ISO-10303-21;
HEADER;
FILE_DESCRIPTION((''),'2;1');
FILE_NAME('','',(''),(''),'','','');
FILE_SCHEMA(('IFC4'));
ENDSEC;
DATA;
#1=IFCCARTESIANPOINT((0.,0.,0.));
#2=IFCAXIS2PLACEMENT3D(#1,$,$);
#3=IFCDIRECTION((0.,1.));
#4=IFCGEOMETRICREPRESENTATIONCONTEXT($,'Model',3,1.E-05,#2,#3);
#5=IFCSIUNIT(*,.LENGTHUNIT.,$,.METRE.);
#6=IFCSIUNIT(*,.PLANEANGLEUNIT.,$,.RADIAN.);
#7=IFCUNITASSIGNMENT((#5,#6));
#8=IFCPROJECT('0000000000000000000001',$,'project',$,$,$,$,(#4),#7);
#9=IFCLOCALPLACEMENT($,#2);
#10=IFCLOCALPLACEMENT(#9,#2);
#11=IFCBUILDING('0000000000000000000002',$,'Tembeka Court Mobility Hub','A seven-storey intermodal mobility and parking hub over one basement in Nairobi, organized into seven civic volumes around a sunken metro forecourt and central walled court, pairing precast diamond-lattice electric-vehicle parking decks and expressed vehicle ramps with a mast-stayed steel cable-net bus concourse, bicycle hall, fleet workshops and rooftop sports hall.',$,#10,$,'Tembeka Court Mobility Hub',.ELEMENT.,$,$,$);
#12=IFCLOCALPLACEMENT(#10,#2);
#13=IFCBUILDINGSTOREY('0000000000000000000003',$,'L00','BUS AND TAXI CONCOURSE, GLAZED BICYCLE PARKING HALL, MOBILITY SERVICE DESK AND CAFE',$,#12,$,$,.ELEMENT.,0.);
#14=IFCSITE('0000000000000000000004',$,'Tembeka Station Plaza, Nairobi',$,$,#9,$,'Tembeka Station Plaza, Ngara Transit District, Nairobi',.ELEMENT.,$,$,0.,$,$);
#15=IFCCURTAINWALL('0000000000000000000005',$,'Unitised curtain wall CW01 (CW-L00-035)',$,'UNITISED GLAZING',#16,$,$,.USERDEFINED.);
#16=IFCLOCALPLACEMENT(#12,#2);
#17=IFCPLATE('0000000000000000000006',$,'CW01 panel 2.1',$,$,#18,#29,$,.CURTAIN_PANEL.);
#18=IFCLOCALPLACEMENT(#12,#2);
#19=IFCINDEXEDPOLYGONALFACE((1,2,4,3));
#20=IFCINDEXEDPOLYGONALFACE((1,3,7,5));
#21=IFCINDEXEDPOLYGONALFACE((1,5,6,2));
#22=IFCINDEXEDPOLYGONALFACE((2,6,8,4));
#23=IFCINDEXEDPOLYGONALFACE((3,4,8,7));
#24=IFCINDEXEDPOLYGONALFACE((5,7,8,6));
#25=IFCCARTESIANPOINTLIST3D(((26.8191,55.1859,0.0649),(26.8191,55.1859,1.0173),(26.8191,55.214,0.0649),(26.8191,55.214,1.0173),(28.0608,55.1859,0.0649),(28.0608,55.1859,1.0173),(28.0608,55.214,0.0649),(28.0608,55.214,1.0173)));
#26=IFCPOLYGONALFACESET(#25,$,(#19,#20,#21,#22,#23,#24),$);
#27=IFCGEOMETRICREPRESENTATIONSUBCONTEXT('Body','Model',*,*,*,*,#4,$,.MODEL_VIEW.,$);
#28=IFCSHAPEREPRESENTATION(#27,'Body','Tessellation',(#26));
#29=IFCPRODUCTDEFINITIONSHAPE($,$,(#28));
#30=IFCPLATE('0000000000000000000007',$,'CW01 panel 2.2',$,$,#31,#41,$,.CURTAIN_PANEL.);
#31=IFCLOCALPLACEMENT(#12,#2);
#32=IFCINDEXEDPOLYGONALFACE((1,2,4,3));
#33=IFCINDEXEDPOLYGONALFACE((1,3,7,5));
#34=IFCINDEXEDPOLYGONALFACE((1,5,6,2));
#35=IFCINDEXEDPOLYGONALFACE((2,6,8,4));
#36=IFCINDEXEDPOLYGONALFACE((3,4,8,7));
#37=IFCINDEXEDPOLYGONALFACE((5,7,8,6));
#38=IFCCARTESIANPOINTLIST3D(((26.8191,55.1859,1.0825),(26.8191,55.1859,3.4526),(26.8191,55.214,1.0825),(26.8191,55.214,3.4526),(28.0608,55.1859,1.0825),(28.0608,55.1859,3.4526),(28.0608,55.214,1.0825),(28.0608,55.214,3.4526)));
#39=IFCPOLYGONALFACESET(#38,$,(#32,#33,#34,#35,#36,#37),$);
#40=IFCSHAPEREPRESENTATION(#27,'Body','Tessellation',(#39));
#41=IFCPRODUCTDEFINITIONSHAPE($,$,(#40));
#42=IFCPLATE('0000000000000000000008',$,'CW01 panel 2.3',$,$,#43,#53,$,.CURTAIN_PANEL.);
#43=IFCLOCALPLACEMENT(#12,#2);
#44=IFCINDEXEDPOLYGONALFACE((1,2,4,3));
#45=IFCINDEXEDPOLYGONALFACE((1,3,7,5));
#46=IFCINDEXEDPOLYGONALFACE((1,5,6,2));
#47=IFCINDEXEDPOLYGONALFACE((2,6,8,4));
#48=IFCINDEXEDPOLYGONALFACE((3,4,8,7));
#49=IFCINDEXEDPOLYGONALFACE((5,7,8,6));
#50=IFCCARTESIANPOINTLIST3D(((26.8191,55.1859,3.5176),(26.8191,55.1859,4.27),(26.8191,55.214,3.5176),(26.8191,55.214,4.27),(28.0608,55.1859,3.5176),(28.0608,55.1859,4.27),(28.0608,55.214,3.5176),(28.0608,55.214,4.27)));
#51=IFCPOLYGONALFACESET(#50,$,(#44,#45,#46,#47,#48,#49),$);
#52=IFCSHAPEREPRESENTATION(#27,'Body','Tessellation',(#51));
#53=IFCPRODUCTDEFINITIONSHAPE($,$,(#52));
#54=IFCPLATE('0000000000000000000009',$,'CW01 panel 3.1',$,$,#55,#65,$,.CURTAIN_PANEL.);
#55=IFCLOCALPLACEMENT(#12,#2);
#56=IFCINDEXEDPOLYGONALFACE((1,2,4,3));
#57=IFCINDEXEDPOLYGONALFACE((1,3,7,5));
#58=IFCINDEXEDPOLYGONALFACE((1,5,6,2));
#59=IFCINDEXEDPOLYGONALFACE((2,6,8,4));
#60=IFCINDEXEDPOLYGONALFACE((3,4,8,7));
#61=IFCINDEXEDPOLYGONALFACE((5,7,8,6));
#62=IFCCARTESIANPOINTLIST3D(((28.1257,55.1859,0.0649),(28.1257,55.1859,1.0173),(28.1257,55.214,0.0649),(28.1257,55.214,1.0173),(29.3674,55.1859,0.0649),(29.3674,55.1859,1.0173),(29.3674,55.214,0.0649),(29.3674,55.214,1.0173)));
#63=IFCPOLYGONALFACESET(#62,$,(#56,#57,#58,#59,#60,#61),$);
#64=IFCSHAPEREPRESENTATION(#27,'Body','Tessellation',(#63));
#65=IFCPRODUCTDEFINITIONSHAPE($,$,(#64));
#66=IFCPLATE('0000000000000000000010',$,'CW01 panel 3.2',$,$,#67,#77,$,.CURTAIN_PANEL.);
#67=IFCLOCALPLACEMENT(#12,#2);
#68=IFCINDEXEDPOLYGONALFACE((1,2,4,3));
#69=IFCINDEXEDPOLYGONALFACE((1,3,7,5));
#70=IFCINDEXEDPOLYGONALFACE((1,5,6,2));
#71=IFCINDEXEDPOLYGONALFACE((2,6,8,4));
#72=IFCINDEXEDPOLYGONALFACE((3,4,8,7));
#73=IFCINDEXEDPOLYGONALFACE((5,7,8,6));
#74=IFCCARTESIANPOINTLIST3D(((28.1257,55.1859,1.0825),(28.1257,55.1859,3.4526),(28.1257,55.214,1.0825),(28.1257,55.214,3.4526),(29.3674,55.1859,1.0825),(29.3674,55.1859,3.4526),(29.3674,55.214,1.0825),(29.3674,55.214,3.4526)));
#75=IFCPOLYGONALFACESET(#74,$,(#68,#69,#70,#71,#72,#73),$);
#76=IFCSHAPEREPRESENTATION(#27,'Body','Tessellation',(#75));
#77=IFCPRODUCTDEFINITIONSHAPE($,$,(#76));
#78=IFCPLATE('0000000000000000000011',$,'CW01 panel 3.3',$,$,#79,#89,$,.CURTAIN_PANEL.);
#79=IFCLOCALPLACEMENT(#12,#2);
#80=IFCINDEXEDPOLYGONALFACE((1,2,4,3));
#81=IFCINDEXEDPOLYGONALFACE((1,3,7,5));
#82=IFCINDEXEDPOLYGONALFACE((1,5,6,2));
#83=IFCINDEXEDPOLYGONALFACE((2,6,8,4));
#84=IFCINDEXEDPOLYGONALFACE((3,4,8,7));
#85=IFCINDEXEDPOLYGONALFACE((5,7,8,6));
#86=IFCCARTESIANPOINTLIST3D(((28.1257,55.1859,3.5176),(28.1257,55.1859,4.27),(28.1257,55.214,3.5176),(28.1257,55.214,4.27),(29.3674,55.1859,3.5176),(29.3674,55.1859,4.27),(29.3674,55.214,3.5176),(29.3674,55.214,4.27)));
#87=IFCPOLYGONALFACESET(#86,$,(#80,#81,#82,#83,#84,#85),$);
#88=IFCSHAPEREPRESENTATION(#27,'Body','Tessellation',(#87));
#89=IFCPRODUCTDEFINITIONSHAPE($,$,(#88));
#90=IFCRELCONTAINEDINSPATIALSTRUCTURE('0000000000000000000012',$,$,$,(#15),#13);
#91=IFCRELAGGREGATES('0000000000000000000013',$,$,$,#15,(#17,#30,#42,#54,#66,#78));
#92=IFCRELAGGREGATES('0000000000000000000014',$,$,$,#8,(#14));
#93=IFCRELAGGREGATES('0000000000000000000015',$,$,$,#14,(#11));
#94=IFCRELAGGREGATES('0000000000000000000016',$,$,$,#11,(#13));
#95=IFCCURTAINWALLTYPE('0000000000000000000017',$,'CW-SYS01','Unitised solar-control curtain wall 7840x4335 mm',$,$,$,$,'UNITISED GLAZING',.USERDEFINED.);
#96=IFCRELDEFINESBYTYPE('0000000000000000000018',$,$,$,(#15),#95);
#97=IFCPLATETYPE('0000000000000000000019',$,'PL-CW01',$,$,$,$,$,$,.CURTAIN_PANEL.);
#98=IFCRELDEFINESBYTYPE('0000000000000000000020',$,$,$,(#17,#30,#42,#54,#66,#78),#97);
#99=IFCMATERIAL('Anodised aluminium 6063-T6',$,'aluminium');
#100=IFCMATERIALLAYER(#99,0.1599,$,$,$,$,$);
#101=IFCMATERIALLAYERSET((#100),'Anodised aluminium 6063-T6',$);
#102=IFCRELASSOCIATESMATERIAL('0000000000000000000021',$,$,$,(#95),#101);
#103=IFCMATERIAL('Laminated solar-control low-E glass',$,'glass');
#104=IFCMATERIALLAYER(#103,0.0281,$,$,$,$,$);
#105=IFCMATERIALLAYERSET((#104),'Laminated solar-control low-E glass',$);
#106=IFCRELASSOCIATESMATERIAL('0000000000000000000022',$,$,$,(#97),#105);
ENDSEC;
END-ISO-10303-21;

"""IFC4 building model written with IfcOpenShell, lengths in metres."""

from ifc_helpers import new_model, si_unit, direction, frame, origin, origin_2d, place, context, subcontext, project, spatial, rectangle, extrude, material, layer, layer_set, type_object, element, aggregate, save


model = new_model("IFC4")

# Units and contexts
model_context = context("Model", 3, precision=1e-05, world=origin(), true_north=direction((0.0, 1.0)))
body_context = subcontext(model_context, "Body", "Model", "MODEL_VIEW")
ifc_project = project(units=[si_unit("LENGTHUNIT", "METRE"), si_unit("PLANEANGLEUNIT", "RADIAN")], contexts=[model_context])

# Site, building, storey
site_placement = place(None, origin())
site = spatial("IfcSite", under=ifc_project, at=site_placement, Name="Tembeka Station Plaza, Nairobi", LongName="Tembeka Station Plaza, Ngara Transit District, Nairobi", CompositionType="ELEMENT", RefElevation=0.0)
building_placement = place(site_placement, origin())
building = spatial("IfcBuilding", under=site, at=building_placement, Name="Tembeka Court Mobility Hub", Description="A seven-storey intermodal mobility and parking hub over one basement in Nairobi, organized into seven civic volumes around a sunken metro forecourt and central walled court, pairing precast diamond-lattice electric-vehicle parking decks and expressed vehicle ramps with a mast-stayed steel cable-net bus concourse, bicycle hall, fleet workshops and rooftop sports hall.", LongName="Tembeka Court Mobility Hub", CompositionType="ELEMENT")
storey_placement = place(building_placement, origin())
storey = spatial("IfcBuildingStorey", under=building, at=storey_placement, Name="L00", Description="BUS AND TAXI CONCOURSE, GLAZED BICYCLE PARKING HALL, MOBILITY SERVICE DESK AND CAFE", CompositionType="ELEMENT", Elevation=0.0)

# Curtain wall, plates
ifc_material_1 = material(Name="Anodised aluminium 6063-T6", Category="aluminium")
ifc_layer_1 = layer(ifc_material_1, 0.1599)
ifc_layer_set_1 = layer_set([ifc_layer_1], Name="Anodised aluminium 6063-T6")
curtain_wall_type = type_object("IfcCurtainWallType", Name="CW-SYS01", Description="Unitised solar-control curtain wall 7840x4335 mm", ElementType="UNITISED GLAZING", PredefinedType="USERDEFINED", material=ifc_layer_set_1)
curtain_wall_placement = place(storey_placement, origin())
curtain_wall = element("IfcCurtainWall", 1, at=curtain_wall_placement, inside=storey, type_object=curtain_wall_type, Name="Unitised curtain wall CW01 (CW-L00-035)", ObjectType="UNITISED GLAZING", PredefinedType="USERDEFINED")
ifc_material_2 = material(Name="Laminated solar-control low-E glass", Category="glass")
ifc_layer_2 = layer(ifc_material_2, 0.0281)
ifc_layer_set_2 = layer_set([ifc_layer_2], Name="Laminated solar-control low-E glass")
plate_type = type_object("IfcPlateType", Name="PL-CW01", PredefinedType="CURTAIN_PANEL", material=ifc_layer_set_2)
plate_1_placement = place(storey_placement, frame((27.4399, 55.2, 0.0649), z_axis=(0.0, 0.0, 1.0), x_axis=(1.0, 0.0, 0.0)))
plate_1 = element("IfcPlate", 2, at=plate_1_placement, type_object=plate_type, Name="CW01 panel 2.1", PredefinedType="CURTAIN_PANEL", context=body_context, shape_type="SweptSolid", body=[
    extrude(rectangle(XDim=1.2417, YDim=0.0281, at=origin_2d()), origin(), (0.0, 0.0, 1.0), 0.9524),
])
plate_2_placement = place(storey_placement, frame((27.4399, 55.2, 1.0825), z_axis=(0.0, 0.0, 1.0), x_axis=(1.0, 0.0, 0.0)))
plate_2 = element("IfcPlate", 3, at=plate_2_placement, type_object=plate_type, Name="CW01 panel 2.2", PredefinedType="CURTAIN_PANEL", context=body_context, shape_type="SweptSolid", body=[
    extrude(rectangle(XDim=1.2417, YDim=0.0281, at=origin_2d()), origin(), (0.0, 0.0, 1.0), 2.3701),
])
plate_3_placement = place(storey_placement, frame((27.4399, 55.2, 3.5176), z_axis=(0.0, 0.0, 1.0), x_axis=(1.0, 0.0, 0.0)))
plate_3 = element("IfcPlate", 4, at=plate_3_placement, type_object=plate_type, Name="CW01 panel 2.3", PredefinedType="CURTAIN_PANEL", context=body_context, shape_type="SweptSolid", body=[
    extrude(rectangle(XDim=1.2417, YDim=0.0281, at=origin_2d()), origin(), (0.0, 0.0, 1.0), 0.7524),
])
plate_4_placement = place(storey_placement, frame((28.7466, 55.2, 0.0649), z_axis=(0.0, 0.0, 1.0), x_axis=(1.0, 0.0, 0.0)))
plate_4 = element("IfcPlate", 5, at=plate_4_placement, type_object=plate_type, Name="CW01 panel 3.1", PredefinedType="CURTAIN_PANEL", context=body_context, shape_type="SweptSolid", body=[
    extrude(rectangle(XDim=1.2417, YDim=0.0281, at=origin_2d()), origin(), (0.0, 0.0, 1.0), 0.9524),
])
plate_5_placement = place(storey_placement, frame((28.7466, 55.2, 1.0825), z_axis=(0.0, 0.0, 1.0), x_axis=(1.0, 0.0, 0.0)))
plate_5 = element("IfcPlate", 6, at=plate_5_placement, type_object=plate_type, Name="CW01 panel 3.2", PredefinedType="CURTAIN_PANEL", context=body_context, shape_type="SweptSolid", body=[
    extrude(rectangle(XDim=1.2417, YDim=0.0281, at=origin_2d()), origin(), (0.0, 0.0, 1.0), 2.3701),
])
plate_6_placement = place(storey_placement, frame((28.7466, 55.2, 3.5176), z_axis=(0.0, 0.0, 1.0), x_axis=(1.0, 0.0, 0.0)))
plate_6 = element("IfcPlate", 7, at=plate_6_placement, type_object=plate_type, Name="CW01 panel 3.3", PredefinedType="CURTAIN_PANEL", context=body_context, shape_type="SweptSolid", body=[
    extrude(rectangle(XDim=1.2417, YDim=0.0281, at=origin_2d()), origin(), (0.0, 0.0, 1.0), 0.7524),
])
aggregate(curtain_wall, [plate_1, plate_2, plate_3, plate_4, plate_5, plate_6])

save(model, "model.ifc")
